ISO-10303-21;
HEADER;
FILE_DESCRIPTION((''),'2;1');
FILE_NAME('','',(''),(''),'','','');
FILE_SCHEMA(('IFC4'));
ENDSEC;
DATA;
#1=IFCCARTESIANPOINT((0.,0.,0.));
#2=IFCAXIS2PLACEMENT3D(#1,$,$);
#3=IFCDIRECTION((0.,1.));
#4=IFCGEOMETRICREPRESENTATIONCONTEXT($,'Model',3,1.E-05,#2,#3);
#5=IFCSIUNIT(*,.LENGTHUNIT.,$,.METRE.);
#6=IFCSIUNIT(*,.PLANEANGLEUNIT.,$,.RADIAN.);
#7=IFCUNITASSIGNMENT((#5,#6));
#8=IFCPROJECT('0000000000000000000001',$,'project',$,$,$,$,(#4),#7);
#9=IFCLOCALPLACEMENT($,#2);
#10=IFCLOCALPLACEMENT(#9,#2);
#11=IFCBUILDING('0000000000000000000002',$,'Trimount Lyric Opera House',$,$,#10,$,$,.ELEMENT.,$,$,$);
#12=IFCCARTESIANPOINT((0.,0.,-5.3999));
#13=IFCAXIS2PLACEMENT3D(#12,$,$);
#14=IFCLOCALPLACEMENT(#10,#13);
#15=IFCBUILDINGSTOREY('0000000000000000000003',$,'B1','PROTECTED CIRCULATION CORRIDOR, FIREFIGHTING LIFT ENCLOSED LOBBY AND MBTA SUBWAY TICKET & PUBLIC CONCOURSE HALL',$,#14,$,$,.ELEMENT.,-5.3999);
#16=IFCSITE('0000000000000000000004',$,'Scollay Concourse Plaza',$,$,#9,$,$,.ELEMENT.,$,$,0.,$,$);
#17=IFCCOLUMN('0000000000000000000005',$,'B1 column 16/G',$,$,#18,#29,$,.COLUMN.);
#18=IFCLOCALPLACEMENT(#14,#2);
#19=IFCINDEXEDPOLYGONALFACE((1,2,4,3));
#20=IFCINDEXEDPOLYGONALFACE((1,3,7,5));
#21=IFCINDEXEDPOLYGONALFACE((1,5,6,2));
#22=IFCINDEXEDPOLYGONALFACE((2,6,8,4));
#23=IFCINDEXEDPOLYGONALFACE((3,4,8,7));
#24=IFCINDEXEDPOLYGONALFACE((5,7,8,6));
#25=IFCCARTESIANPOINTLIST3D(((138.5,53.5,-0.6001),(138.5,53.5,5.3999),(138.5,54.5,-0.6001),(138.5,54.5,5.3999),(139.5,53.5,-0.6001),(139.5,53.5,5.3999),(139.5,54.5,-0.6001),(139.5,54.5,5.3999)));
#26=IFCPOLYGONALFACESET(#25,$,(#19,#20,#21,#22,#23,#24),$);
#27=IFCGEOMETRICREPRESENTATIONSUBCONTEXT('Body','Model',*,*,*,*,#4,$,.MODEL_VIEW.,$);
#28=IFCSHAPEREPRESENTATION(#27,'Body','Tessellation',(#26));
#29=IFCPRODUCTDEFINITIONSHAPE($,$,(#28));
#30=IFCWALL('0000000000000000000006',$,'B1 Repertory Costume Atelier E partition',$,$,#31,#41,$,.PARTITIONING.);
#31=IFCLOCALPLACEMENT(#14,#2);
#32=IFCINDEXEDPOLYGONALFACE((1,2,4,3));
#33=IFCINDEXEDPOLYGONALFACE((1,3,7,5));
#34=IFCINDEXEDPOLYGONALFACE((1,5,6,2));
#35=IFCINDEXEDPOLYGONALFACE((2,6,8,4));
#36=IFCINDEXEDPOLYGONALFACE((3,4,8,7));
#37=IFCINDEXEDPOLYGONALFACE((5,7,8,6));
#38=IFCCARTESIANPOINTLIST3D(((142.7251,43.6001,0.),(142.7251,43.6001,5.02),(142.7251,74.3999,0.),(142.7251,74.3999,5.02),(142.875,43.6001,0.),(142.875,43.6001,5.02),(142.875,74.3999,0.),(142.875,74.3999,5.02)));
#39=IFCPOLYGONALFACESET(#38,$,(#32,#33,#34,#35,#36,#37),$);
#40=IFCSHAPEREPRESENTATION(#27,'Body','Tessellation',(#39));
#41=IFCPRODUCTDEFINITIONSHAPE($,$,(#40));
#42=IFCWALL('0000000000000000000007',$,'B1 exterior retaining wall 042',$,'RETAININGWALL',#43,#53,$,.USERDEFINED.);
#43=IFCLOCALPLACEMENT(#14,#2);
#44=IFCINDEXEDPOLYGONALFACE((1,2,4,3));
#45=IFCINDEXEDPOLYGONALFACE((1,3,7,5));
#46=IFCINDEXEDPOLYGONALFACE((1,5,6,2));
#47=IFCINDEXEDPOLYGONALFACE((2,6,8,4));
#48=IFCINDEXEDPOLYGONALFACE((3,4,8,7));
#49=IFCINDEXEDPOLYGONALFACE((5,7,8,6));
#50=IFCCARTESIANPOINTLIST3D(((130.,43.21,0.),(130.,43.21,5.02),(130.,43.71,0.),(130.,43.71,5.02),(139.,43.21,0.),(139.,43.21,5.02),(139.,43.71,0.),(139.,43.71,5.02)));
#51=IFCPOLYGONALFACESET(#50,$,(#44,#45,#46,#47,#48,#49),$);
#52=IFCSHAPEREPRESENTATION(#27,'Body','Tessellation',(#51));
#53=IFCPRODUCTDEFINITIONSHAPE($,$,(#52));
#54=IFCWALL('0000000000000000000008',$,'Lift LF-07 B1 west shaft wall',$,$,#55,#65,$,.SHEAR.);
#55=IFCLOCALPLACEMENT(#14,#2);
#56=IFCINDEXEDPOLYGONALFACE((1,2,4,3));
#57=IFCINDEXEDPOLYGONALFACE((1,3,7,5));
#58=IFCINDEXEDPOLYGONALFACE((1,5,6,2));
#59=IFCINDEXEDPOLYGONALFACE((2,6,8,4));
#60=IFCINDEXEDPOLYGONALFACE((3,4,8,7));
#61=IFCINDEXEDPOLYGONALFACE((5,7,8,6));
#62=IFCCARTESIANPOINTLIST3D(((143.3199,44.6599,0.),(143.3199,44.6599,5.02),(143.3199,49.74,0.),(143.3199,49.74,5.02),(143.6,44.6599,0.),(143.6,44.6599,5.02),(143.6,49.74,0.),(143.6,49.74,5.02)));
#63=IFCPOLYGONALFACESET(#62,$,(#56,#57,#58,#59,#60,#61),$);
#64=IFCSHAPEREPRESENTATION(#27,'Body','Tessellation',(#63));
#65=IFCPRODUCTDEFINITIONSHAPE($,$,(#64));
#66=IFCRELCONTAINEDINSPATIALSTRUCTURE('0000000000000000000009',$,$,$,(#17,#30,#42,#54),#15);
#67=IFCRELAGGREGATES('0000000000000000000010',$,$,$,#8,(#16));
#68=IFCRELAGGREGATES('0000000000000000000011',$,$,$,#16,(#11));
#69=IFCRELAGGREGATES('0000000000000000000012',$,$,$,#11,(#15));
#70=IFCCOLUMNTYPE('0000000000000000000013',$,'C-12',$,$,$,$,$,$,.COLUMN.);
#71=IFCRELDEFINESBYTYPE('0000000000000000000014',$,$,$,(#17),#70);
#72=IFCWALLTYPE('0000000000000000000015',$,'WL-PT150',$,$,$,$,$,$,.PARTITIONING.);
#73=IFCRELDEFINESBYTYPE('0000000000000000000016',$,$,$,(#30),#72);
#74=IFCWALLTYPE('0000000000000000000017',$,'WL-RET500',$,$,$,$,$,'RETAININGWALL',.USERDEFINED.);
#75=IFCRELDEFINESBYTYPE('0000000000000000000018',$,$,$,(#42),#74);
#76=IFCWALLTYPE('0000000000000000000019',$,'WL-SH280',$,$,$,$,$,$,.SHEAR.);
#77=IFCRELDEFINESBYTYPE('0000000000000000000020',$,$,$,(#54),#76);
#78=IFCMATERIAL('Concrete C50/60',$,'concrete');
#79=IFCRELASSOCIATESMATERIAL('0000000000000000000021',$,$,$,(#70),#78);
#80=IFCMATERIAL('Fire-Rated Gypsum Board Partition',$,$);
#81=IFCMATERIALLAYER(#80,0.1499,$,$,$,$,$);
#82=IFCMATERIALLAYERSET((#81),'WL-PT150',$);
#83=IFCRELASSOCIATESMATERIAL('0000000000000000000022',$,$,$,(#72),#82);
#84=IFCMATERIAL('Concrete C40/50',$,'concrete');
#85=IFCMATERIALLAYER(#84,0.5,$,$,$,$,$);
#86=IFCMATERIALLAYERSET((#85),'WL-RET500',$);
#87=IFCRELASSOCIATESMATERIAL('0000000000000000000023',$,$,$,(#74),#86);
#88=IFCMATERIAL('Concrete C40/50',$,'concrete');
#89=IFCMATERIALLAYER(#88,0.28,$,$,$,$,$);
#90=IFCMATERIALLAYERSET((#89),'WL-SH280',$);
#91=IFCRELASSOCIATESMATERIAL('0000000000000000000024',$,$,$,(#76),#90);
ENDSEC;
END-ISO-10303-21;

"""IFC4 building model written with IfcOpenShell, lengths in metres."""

from ifc_helpers import new_model, si_unit, direction, frame, frame_2d, origin, origin_2d, place, context, subcontext, project, spatial, rectangle, extrude, material, layer, layer_set, material_profile, profile_set, type_object, element, save


model = new_model("IFC4")

# Units and contexts
model_context = context("Model", 3, precision=1e-05, world=origin(), true_north=direction((0.0, 1.0)))
body_context = subcontext(model_context, "Body", "Model", "MODEL_VIEW")
ifc_project = project(units=[si_unit("LENGTHUNIT", "METRE"), si_unit("PLANEANGLEUNIT", "RADIAN")], contexts=[model_context])

# Site, building, storey
site_placement = place(None, origin())
site = spatial("IfcSite", under=ifc_project, at=site_placement, Name="Scollay Concourse Plaza", CompositionType="ELEMENT", RefElevation=0.0)
building_placement = place(site_placement, origin())
building = spatial("IfcBuilding", under=site, at=building_placement, Name="Trimount Lyric Opera House", CompositionType="ELEMENT")
storey_placement = place(building_placement, frame((0.0, 0.0, -5.3999)))
storey = spatial("IfcBuildingStorey", under=building, at=storey_placement, Name="B1", Description="PROTECTED CIRCULATION CORRIDOR, FIREFIGHTING LIFT ENCLOSED LOBBY AND MBTA SUBWAY TICKET & PUBLIC CONCOURSE HALL", CompositionType="ELEMENT", Elevation=-5.3999)

# Column
ifc_material_1 = material(Name="Concrete C50/60", Category="concrete")
ifc_material_profile_1 = material_profile(ifc_material_1, rectangle(XDim=1.0, YDim=1.0, at=origin_2d()), Name="RC1000X1000")
ifc_profile_set_1 = profile_set([ifc_material_profile_1], Name="Concrete C50/60")
column_type_1 = type_object("IfcColumnType", Name="C-12", PredefinedType="COLUMN", material=ifc_profile_set_1)
column_1_placement = place(storey_placement, frame((139.0, 54.0, -0.6001), z_axis=(0.0, 0.0, 1.0), x_axis=(1.0, 0.0, 0.0)))
element("IfcColumn", 1, at=column_1_placement, inside=storey, type_object=column_type_1, Name="B1 column 16/G", PredefinedType="COLUMN", context=body_context, shape_type="SweptSolid", body=[
    extrude(rectangle(XDim=1.0, YDim=1.0, at=origin_2d()), origin(), (0.0, 0.0, 1.0), 6.0),
])

# Walls
ifc_material_2 = material(Name="Fire-Rated Gypsum Board Partition")
ifc_layer_1 = layer(ifc_material_2, 0.1499)
ifc_layer_set_1 = layer_set([ifc_layer_1], Name="WL-PT150")
wall_type_1 = type_object("IfcWallType", Name="WL-PT150", PredefinedType="PARTITIONING", material=ifc_layer_set_1)
wall_1_placement = place(storey_placement, frame((142.8, 43.6001, 0.0), z_axis=(0.0, 0.0, 1.0), x_axis=(0.0, 1.0, 0.0)))
element("IfcWall", 2, at=wall_1_placement, inside=storey, type_object=wall_type_1, Name="B1 Repertory Costume Atelier E partition", PredefinedType="PARTITIONING", context=body_context, shape_type="SweptSolid", body=[
    extrude(rectangle(XDim=30.7998, YDim=0.1499, at=frame_2d((15.3999, 0.0))), origin(), (0.0, 0.0, 1.0), 5.02),
])
ifc_material_3 = material(Name="Concrete C40/50", Category="concrete")
ifc_layer_2 = layer(ifc_material_3, 0.5)
ifc_layer_set_2 = layer_set([ifc_layer_2], Name="WL-RET500")
wall_type_2 = type_object("IfcWallType", Name="WL-RET500", ElementType="RETAININGWALL", PredefinedType="USERDEFINED", material=ifc_layer_set_2)
wall_2_placement = place(storey_placement, frame((139.0, 43.46, 0.0), z_axis=(0.0, 0.0, 1.0), x_axis=(-1.0, 0.0, 0.0)))
element("IfcWall", 3, at=wall_2_placement, inside=storey, type_object=wall_type_2, Name="B1 exterior retaining wall 042", ObjectType="RETAININGWALL", PredefinedType="USERDEFINED", context=body_context, shape_type="SweptSolid", body=[
    extrude(rectangle(XDim=9.0, YDim=0.5, at=frame_2d((4.5, 0.0))), origin(), (0.0, 0.0, 1.0), 5.02),
])
ifc_material_4 = material(Name="Concrete C40/50", Category="concrete")
ifc_layer_3 = layer(ifc_material_4, 0.28)
ifc_layer_set_3 = layer_set([ifc_layer_3], Name="WL-SH280")
wall_type_3 = type_object("IfcWallType", Name="WL-SH280", PredefinedType="SHEAR", material=ifc_layer_set_3)
wall_3_placement = place(storey_placement, frame((143.46, 49.74, 0.0), z_axis=(0.0, 0.0, 1.0), x_axis=(0.0, -1.0, 0.0)))
element("IfcWall", 4, at=wall_3_placement, inside=storey, type_object=wall_type_3, Name="Lift LF-07 B1 west shaft wall", PredefinedType="SHEAR", context=body_context, shape_type="SweptSolid", body=[
    extrude(rectangle(XDim=5.0801, YDim=0.28, at=frame_2d((2.54, 0.0))), origin(), (0.0, 0.0, 1.0), 5.02),
])

save(model, "model.ifc")
